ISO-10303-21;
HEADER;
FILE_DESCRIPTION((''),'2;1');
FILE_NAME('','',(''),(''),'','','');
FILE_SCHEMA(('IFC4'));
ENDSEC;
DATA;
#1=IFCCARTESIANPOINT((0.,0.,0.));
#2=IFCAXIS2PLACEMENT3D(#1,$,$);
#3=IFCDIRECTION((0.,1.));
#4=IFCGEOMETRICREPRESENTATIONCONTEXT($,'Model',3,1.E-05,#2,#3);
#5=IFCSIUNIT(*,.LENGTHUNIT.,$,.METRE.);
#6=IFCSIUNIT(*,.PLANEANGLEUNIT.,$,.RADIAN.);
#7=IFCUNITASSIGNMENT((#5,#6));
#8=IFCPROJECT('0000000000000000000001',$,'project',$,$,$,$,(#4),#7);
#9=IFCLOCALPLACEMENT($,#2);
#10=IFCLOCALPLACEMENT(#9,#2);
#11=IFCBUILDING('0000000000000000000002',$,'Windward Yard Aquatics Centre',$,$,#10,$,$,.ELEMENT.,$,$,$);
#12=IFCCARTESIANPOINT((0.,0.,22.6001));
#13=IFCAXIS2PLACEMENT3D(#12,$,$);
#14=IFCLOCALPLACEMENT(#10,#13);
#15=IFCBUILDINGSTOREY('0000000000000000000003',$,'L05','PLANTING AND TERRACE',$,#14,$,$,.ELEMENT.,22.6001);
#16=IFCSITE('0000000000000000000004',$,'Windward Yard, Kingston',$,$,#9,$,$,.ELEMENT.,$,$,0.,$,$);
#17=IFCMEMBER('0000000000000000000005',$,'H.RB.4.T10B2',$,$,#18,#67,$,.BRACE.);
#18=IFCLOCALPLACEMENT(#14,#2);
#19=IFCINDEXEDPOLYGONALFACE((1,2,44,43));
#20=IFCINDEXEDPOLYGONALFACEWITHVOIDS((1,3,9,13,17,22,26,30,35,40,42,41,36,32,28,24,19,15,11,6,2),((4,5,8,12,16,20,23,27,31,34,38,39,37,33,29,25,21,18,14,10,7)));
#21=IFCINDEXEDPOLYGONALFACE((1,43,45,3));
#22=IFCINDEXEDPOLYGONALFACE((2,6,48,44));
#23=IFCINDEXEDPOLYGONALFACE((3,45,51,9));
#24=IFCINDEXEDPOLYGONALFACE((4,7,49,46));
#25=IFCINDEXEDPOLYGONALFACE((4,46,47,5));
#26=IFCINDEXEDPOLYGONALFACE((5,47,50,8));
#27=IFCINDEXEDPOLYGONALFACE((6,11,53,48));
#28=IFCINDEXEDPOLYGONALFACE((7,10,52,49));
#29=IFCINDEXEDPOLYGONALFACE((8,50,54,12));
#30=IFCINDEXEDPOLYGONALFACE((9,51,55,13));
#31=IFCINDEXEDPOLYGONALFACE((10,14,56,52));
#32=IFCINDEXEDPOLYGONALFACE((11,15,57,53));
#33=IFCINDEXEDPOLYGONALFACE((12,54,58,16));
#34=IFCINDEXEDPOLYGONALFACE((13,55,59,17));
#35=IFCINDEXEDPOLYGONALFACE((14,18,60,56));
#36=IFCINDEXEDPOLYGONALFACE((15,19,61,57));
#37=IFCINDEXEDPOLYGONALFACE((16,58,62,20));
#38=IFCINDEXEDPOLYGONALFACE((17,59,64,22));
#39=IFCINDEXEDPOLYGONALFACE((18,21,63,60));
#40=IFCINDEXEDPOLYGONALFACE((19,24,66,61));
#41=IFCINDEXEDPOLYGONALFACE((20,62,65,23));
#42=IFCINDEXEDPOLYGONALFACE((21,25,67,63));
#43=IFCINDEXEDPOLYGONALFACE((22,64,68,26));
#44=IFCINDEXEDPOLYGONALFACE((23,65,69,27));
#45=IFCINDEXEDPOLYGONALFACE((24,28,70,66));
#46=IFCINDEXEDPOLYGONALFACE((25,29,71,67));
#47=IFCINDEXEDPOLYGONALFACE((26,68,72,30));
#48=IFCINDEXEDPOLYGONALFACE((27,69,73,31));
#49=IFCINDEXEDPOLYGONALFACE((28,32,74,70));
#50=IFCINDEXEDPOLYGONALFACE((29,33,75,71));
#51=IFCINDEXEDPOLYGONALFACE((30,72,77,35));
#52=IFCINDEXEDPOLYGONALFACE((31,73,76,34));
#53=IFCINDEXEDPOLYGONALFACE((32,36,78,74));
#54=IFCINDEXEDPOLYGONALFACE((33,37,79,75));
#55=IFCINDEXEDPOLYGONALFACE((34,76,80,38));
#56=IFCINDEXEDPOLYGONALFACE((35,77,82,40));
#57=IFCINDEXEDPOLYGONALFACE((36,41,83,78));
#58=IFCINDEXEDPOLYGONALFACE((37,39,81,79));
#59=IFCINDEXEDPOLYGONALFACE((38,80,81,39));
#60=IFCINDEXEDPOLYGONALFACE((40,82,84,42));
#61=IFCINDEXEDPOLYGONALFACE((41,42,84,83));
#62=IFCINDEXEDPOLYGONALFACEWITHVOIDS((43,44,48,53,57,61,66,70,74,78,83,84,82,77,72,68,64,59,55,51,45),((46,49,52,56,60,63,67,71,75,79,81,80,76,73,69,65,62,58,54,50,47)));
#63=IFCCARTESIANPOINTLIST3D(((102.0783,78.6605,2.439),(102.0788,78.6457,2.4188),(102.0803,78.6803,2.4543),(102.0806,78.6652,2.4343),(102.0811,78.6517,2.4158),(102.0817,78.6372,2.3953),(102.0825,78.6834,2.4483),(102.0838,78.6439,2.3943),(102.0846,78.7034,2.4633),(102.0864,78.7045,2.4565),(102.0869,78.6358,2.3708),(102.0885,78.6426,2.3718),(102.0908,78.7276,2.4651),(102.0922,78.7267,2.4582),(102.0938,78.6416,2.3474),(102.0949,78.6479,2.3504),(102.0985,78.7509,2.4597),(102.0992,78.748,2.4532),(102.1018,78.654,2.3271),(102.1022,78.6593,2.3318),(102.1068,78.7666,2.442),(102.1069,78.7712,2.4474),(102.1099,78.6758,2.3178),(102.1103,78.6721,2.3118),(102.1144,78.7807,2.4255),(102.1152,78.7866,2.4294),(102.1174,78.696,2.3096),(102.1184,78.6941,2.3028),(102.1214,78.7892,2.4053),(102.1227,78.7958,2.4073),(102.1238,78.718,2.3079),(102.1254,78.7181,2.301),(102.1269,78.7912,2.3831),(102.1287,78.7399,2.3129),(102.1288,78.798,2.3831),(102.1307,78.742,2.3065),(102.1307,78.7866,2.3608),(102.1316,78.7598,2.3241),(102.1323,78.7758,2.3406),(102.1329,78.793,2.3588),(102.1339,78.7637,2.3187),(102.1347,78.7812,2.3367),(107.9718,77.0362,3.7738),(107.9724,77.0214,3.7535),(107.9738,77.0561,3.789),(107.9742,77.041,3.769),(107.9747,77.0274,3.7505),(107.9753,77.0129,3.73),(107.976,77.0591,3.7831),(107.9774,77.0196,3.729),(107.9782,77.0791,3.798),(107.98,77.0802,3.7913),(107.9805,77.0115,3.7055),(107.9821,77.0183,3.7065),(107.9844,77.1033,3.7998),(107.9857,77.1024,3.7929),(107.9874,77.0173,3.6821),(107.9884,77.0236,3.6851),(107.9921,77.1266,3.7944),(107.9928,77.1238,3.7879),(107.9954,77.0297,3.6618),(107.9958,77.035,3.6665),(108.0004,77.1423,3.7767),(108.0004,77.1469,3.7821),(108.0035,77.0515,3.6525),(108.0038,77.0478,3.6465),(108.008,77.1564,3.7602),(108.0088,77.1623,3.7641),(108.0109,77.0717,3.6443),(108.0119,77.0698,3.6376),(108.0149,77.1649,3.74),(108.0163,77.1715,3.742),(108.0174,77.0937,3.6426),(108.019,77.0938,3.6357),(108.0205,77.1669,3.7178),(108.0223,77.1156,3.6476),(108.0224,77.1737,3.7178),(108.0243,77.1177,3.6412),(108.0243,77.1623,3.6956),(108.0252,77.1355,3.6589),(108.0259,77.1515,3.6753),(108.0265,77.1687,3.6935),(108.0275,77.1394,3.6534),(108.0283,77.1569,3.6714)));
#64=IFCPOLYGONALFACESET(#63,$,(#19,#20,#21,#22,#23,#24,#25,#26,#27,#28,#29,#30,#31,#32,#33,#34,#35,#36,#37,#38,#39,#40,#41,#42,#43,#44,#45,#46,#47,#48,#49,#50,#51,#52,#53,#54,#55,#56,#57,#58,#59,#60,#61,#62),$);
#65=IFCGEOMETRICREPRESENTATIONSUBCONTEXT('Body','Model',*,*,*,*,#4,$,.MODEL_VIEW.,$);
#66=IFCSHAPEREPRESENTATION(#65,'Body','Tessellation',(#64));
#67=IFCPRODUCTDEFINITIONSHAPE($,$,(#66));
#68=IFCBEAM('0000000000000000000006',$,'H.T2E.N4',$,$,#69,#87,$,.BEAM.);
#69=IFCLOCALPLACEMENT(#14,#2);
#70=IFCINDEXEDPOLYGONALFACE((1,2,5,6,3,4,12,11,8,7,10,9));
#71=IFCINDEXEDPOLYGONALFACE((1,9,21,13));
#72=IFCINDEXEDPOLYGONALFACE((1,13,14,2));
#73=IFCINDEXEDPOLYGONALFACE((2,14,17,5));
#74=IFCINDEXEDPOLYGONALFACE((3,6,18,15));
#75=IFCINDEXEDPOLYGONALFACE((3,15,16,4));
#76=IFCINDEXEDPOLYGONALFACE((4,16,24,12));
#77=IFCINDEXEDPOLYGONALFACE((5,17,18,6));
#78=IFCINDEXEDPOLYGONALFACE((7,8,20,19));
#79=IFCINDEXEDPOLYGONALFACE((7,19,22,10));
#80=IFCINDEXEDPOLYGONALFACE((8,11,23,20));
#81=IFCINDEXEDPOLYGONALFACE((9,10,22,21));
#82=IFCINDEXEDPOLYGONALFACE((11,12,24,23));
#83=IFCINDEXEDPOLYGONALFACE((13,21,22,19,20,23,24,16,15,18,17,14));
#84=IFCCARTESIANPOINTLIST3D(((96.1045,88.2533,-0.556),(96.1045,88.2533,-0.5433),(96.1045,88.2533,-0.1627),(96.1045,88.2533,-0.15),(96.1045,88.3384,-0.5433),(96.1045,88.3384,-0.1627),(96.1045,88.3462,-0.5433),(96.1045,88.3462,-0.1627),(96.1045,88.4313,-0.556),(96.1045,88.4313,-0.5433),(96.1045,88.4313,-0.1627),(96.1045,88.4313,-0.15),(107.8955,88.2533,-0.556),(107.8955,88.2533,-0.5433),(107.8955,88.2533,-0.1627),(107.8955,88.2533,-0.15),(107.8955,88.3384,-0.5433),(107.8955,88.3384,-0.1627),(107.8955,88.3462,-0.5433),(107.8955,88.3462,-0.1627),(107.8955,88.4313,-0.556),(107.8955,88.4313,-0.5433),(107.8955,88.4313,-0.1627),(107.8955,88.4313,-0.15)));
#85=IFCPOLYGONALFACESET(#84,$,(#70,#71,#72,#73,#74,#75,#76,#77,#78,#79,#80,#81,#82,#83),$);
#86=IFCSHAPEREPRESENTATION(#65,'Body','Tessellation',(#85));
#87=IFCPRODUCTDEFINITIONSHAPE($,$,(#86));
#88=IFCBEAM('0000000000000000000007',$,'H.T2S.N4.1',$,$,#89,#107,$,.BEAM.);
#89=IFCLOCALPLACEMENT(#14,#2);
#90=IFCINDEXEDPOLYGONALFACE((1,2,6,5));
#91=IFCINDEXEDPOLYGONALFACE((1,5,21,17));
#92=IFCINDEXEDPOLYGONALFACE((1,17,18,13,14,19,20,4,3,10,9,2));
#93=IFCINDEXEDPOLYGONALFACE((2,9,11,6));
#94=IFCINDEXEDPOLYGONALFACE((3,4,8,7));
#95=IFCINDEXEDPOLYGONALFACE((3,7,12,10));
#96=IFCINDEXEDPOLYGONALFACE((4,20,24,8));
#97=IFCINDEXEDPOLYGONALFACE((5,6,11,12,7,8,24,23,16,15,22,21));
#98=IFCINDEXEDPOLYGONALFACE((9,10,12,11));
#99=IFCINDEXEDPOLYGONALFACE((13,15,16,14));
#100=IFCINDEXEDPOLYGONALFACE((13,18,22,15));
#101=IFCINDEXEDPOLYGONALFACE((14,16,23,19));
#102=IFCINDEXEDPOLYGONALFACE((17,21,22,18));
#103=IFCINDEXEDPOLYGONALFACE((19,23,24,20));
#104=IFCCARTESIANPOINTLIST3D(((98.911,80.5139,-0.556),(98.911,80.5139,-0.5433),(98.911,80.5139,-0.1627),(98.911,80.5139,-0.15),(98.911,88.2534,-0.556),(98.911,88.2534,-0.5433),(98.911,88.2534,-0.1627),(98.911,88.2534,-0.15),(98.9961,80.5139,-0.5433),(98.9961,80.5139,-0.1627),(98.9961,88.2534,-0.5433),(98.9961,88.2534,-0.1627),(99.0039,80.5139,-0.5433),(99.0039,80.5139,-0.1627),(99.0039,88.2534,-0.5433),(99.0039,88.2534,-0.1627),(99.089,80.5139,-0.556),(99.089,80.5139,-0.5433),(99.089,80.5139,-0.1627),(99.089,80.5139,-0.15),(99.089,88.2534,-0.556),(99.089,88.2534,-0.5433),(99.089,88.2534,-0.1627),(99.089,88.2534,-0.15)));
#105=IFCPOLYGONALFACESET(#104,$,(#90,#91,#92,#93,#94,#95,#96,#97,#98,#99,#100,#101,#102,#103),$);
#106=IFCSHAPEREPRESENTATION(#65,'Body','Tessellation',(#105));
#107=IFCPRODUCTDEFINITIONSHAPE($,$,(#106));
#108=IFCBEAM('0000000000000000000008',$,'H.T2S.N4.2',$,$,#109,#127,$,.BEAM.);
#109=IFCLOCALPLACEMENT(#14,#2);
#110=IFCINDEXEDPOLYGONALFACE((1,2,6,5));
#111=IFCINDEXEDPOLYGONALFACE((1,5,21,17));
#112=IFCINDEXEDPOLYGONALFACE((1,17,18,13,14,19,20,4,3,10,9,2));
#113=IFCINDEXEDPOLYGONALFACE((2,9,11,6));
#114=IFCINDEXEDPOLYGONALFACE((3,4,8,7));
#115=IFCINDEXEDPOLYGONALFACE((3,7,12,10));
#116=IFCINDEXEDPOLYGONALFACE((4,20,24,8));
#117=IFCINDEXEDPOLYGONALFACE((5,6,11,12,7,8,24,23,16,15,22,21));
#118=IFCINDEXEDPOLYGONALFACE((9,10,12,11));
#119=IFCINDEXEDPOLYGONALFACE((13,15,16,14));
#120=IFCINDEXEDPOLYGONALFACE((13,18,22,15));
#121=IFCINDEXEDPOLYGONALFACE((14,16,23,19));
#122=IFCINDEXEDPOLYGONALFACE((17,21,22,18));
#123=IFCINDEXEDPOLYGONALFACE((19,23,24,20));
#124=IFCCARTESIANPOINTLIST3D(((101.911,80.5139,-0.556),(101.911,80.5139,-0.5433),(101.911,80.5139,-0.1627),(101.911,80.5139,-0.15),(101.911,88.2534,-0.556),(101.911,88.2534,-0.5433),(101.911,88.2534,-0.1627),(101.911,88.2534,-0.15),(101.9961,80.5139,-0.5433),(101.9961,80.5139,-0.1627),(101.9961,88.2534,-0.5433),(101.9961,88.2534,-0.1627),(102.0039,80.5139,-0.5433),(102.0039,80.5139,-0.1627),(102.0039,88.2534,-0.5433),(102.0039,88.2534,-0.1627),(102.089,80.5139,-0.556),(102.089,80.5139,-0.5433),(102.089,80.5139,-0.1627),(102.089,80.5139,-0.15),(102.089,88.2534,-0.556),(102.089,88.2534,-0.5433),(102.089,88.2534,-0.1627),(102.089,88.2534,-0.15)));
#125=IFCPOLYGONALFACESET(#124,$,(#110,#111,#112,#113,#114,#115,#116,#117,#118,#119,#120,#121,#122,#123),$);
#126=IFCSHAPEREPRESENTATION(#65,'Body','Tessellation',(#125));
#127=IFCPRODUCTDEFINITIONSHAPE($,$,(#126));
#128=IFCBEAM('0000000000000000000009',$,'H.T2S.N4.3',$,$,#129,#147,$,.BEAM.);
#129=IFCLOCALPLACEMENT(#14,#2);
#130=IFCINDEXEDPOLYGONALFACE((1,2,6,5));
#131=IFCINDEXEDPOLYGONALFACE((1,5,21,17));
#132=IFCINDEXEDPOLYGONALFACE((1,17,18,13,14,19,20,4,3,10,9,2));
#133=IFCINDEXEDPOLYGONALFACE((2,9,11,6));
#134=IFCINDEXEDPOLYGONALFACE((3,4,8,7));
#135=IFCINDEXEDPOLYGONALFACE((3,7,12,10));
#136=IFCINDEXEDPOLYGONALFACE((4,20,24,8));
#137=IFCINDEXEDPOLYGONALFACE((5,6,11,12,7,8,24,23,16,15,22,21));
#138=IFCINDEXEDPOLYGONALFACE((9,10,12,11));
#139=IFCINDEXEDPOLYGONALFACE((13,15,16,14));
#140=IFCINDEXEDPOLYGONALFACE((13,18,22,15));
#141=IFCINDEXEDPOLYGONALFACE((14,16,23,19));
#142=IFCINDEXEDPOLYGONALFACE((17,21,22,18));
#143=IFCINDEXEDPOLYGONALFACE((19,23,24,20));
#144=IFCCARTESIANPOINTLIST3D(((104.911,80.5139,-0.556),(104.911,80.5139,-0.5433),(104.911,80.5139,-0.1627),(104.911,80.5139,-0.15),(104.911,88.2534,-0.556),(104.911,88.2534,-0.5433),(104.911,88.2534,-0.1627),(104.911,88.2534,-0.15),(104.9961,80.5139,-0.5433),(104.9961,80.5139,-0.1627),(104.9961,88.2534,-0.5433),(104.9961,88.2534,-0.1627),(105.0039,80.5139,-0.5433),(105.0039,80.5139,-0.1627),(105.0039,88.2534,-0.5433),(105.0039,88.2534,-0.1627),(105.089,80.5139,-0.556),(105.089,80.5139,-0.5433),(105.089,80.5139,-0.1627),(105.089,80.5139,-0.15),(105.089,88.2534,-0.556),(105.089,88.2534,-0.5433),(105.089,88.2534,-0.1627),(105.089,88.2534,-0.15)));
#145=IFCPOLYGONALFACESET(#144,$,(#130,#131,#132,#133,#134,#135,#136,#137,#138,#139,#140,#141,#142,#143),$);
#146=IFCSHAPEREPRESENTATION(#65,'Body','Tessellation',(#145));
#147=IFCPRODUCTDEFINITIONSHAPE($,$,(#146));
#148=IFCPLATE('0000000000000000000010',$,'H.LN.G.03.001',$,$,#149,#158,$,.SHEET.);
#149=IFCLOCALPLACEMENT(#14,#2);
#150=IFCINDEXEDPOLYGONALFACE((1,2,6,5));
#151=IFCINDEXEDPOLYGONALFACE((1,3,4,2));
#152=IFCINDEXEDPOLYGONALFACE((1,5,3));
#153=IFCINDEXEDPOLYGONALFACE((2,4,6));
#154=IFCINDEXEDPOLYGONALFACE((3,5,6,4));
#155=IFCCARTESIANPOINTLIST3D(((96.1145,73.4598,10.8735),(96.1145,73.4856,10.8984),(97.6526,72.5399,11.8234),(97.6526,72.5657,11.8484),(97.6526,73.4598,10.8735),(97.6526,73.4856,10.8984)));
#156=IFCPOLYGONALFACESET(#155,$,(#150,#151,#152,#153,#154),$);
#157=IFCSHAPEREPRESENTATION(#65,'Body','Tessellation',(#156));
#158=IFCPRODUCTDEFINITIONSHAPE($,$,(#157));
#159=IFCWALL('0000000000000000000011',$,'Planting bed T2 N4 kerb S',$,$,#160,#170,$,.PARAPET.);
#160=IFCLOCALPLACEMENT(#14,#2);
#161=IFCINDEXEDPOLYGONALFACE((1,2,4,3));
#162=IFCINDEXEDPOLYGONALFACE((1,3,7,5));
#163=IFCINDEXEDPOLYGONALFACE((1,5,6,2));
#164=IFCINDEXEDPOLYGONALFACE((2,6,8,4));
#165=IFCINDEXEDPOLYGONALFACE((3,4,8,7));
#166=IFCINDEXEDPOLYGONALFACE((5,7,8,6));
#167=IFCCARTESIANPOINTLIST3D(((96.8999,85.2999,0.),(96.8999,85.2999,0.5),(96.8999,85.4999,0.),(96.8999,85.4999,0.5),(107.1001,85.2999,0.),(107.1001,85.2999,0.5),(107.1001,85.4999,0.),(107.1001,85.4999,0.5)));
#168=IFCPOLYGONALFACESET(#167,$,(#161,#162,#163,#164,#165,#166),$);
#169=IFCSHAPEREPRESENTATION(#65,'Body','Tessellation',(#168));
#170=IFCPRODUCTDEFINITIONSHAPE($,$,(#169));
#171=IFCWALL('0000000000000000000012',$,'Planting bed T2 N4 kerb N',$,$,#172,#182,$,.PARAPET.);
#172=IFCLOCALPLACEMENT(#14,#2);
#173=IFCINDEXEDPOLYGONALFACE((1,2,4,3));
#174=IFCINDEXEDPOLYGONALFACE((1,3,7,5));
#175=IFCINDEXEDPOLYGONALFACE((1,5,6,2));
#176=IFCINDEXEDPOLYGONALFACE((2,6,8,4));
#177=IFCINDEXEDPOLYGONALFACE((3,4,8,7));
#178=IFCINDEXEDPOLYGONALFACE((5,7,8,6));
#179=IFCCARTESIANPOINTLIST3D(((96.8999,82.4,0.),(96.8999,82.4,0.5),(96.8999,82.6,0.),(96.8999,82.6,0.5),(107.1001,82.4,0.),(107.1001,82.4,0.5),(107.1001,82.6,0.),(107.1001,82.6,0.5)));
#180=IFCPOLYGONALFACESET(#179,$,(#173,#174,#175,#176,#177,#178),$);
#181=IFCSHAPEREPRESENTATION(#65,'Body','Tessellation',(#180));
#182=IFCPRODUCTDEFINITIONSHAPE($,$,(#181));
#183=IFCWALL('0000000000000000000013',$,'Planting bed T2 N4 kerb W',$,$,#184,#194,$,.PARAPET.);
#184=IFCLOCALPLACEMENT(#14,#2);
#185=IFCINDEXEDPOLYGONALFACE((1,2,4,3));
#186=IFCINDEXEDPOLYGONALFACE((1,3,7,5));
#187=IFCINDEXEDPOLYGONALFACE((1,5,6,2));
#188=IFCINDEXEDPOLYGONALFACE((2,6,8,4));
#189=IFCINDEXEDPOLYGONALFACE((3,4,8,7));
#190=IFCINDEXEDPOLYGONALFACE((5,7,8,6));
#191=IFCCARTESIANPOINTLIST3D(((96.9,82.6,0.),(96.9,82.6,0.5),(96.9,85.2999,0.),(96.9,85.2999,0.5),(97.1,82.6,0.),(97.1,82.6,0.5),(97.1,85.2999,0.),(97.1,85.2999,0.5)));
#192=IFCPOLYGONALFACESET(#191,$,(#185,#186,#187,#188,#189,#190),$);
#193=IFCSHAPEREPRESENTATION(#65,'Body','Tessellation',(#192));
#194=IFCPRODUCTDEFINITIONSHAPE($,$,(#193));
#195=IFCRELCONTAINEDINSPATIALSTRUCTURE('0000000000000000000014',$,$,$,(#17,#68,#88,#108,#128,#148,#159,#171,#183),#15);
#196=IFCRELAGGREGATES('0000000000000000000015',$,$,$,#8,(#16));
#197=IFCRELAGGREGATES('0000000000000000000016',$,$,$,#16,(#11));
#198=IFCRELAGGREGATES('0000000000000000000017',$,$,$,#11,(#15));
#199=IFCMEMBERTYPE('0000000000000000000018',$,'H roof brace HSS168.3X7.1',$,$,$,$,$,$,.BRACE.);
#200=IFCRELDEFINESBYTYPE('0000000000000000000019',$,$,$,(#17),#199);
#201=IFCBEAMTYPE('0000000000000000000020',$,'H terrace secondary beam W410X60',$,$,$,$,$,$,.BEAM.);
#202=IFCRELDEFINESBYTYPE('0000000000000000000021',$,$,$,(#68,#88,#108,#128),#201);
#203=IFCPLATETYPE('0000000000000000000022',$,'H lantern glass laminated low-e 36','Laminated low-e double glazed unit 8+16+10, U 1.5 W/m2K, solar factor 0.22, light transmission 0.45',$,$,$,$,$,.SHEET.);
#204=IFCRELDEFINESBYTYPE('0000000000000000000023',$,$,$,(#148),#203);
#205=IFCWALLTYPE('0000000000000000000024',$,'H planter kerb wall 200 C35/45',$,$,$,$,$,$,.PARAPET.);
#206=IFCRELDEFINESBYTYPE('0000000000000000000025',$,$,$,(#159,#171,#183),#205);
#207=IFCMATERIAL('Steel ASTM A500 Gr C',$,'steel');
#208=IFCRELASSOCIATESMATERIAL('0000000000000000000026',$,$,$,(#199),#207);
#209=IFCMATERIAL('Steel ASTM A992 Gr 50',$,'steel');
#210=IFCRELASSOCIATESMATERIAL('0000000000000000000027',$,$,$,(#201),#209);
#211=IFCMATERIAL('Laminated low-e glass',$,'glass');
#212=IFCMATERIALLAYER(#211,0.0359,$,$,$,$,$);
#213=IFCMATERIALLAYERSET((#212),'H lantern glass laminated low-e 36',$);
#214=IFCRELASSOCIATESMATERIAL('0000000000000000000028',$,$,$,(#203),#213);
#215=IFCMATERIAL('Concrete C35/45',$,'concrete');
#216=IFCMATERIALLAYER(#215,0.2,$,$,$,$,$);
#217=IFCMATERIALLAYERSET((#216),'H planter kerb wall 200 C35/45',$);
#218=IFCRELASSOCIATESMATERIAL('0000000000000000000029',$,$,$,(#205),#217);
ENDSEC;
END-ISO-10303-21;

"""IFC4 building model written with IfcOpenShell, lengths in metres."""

from ifc_helpers import new_model, si_unit, direction, frame, frame_2d, origin, origin_2d, place, context, subcontext, project, spatial, polyline, rectangle, hollow_circle, i_section, outline, extrude, material, layer, layer_set, material_profile, profile_set, type_object, element, save


model = new_model("IFC4")

# Units and contexts
model_context = context("Model", 3, precision=1e-05, world=origin(), true_north=direction((0.0, 1.0)))
body_context = subcontext(model_context, "Body", "Model", "MODEL_VIEW")
ifc_project = project(units=[si_unit("LENGTHUNIT", "METRE"), si_unit("PLANEANGLEUNIT", "RADIAN")], contexts=[model_context])

# Site, building, storey
site_placement = place(None, origin())
site = spatial("IfcSite", under=ifc_project, at=site_placement, Name="Windward Yard, Kingston", CompositionType="ELEMENT", RefElevation=0.0)
building_placement = place(site_placement, origin())
building = spatial("IfcBuilding", under=site, at=building_placement, Name="Windward Yard Aquatics Centre", CompositionType="ELEMENT")
storey_placement = place(building_placement, frame((0.0, 0.0, 22.6001)))
storey = spatial("IfcBuildingStorey", under=building, at=storey_placement, Name="L05", Description="PLANTING AND TERRACE", CompositionType="ELEMENT", Elevation=22.6001)

# Shared definitions
ifc_material_1 = material(Name="Steel ASTM A992 Gr 50", Category="steel")

# Member
ifc_material_2 = material(Name="Steel ASTM A500 Gr C", Category="steel")
ifc_material_profile_1 = material_profile(ifc_material_2, hollow_circle(Radius=0.0842, WallThickness=0.0071, at=origin_2d()), Name="HSS168.3X7.1")
ifc_profile_set_1 = profile_set([ifc_material_profile_1], Name="Steel ASTM A500 Gr C")
member_type_1 = type_object("IfcMemberType", Name="H roof brace HSS168.3X7.1", PredefinedType="BRACE", material=ifc_profile_set_1)
for number, where, z_axis, x_axis, name in (
    (1, (102.1064, 78.7168, 2.3831), (0.94187, -0.25958, 0.213306), (0.265695, 0.964057, 0.0), "H.RB.4.T10B2"),
):
    element("IfcMember", number, at=place(storey_placement, frame(where, z_axis=z_axis, x_axis=x_axis)), inside=storey, type_object=member_type_1, Name=name, PredefinedType="BRACE", context=body_context, shape_type="SweptSolid", body=[
        extrude(hollow_circle(Radius=0.0842, WallThickness=0.0071, at=origin_2d()), origin(), (0.0, 0.0, 1.0), 6.2573),
    ])

# Beams
ifc_material_profile_2 = material_profile(ifc_material_1, i_section(OverallWidth=0.178, OverallDepth=0.406, WebThickness=0.0078, FlangeThickness=0.0127, at=origin_2d()), Name="W410X60")
ifc_profile_set_2 = profile_set([ifc_material_profile_2], Name="Steel ASTM A992 Gr 50")
beam_type_1 = type_object("IfcBeamType", Name="H terrace secondary beam W410X60", PredefinedType="BEAM", material=ifc_profile_set_2)
beam_1_placement = place(storey_placement, frame((96.1045, 88.3423, -0.353), z_axis=(1.0, 0.0, 0.0), x_axis=(0.0, 1.0, 0.0)))
element("IfcBeam", 2, at=beam_1_placement, inside=storey, type_object=beam_type_1, Name="H.T2E.N4", PredefinedType="BEAM", context=body_context, shape_type="SweptSolid", body=[
    extrude(i_section(OverallWidth=0.178, OverallDepth=0.406, WebThickness=0.0078, FlangeThickness=0.0127, at=origin_2d()), origin(), (0.0, 0.0, 1.0), 11.791),
])
for number, where, z_axis, x_axis, name in (
    (3, (99.0, 88.2534, -0.353), (0.0, -1.0, 0.0), (1.0, 0.0, 0.0), "H.T2S.N4.1"),
    (4, (102.0, 88.2534, -0.353), (0.0, -1.0, 0.0), (1.0, 0.0, 0.0), "H.T2S.N4.2"),
    (5, (105.0, 88.2534, -0.353), (0.0, -1.0, 0.0), (1.0, 0.0, 0.0), "H.T2S.N4.3"),
):
    element("IfcBeam", number, at=place(storey_placement, frame(where, z_axis=z_axis, x_axis=x_axis)), inside=storey, type_object=beam_type_1, Name=name, PredefinedType="BEAM", context=body_context, shape_type="SweptSolid", body=[
        extrude(i_section(OverallWidth=0.178, OverallDepth=0.406, WebThickness=0.0078, FlangeThickness=0.0127, at=origin_2d()), origin(), (0.0, 0.0, 1.0), 7.7395),
    ])

# Plate
ifc_material_3 = material(Name="Laminated low-e glass", Category="glass")
ifc_layer_1 = layer(ifc_material_3, 0.0359)
ifc_layer_set_1 = layer_set([ifc_layer_1], Name="H lantern glass laminated low-e 36")
plate_type = type_object("IfcPlateType", Name="H lantern glass laminated low-e 36", Description="Laminated low-e double glazed unit 8+16+10, U 1.5 W/m2K, solar factor 0.22, light transmission 0.45", PredefinedType="SHEET", material=ifc_layer_set_1)
plate_placement = place(storey_placement, frame((96.1145, 73.4856, 10.8984), z_axis=(0.0, 0.71837, 0.695661), x_axis=(1.0, 0.0, 0.0)))
element("IfcPlate", 6, at=plate_placement, inside=storey, type_object=plate_type, Name="H.LN.G.03.001", PredefinedType="SHEET", context=body_context, shape_type="SweptSolid", body=[
    extrude(outline(polyline([(0.0, 0.0), (1.5381, 0.0), (1.5381, -1.3224), (0.0, 0.0)])), origin(), (0.0, 0.0, -1.0), 0.0359),
])

# Walls
ifc_material_4 = material(Name="Concrete C35/45", Category="concrete")
ifc_layer_2 = layer(ifc_material_4, 0.2)
ifc_layer_set_2 = layer_set([ifc_layer_2], Name="H planter kerb wall 200 C35/45")
wall_type = type_object("IfcWallType", Name="H planter kerb wall 200 C35/45", PredefinedType="PARAPET", material=ifc_layer_set_2)
for number, where, z_axis, x_axis, name in (
    (7, (96.8999, 85.3999, 0.0), (0.0, 0.0, 1.0), (1.0, 0.0, 0.0), "Planting bed T2 N4 kerb S"),
    (8, (96.8999, 82.5, 0.0), (0.0, 0.0, 1.0), (1.0, 0.0, 0.0), "Planting bed T2 N4 kerb N"),
):
    element("IfcWall", number, at=place(storey_placement, frame(where, z_axis=z_axis, x_axis=x_axis)), inside=storey, type_object=wall_type, Name=name, PredefinedType="PARAPET", context=body_context, shape_type="SweptSolid", body=[
        extrude(rectangle(XDim=10.2002, YDim=0.2, at=frame_2d((5.1001, 0.0))), origin(), (0.0, 0.0, 1.0), 0.5),
    ])
for number, where, z_axis, x_axis, name in (
    (9, (97.0, 85.3, 0.0), (0.0, 0.0, 1.0), (0.0, -1.0, 0.0), "Planting bed T2 N4 kerb W"),
):
    element("IfcWall", number, at=place(storey_placement, frame(where, z_axis=z_axis, x_axis=x_axis)), inside=storey, type_object=wall_type, Name=name, PredefinedType="PARAPET", context=body_context, shape_type="SweptSolid", body=[
        extrude(rectangle(XDim=2.7, YDim=0.2, at=frame_2d((1.3501, 0.0))), origin(), (0.0, 0.0, 1.0), 0.5),
    ])

save(model, "model.ifc")
